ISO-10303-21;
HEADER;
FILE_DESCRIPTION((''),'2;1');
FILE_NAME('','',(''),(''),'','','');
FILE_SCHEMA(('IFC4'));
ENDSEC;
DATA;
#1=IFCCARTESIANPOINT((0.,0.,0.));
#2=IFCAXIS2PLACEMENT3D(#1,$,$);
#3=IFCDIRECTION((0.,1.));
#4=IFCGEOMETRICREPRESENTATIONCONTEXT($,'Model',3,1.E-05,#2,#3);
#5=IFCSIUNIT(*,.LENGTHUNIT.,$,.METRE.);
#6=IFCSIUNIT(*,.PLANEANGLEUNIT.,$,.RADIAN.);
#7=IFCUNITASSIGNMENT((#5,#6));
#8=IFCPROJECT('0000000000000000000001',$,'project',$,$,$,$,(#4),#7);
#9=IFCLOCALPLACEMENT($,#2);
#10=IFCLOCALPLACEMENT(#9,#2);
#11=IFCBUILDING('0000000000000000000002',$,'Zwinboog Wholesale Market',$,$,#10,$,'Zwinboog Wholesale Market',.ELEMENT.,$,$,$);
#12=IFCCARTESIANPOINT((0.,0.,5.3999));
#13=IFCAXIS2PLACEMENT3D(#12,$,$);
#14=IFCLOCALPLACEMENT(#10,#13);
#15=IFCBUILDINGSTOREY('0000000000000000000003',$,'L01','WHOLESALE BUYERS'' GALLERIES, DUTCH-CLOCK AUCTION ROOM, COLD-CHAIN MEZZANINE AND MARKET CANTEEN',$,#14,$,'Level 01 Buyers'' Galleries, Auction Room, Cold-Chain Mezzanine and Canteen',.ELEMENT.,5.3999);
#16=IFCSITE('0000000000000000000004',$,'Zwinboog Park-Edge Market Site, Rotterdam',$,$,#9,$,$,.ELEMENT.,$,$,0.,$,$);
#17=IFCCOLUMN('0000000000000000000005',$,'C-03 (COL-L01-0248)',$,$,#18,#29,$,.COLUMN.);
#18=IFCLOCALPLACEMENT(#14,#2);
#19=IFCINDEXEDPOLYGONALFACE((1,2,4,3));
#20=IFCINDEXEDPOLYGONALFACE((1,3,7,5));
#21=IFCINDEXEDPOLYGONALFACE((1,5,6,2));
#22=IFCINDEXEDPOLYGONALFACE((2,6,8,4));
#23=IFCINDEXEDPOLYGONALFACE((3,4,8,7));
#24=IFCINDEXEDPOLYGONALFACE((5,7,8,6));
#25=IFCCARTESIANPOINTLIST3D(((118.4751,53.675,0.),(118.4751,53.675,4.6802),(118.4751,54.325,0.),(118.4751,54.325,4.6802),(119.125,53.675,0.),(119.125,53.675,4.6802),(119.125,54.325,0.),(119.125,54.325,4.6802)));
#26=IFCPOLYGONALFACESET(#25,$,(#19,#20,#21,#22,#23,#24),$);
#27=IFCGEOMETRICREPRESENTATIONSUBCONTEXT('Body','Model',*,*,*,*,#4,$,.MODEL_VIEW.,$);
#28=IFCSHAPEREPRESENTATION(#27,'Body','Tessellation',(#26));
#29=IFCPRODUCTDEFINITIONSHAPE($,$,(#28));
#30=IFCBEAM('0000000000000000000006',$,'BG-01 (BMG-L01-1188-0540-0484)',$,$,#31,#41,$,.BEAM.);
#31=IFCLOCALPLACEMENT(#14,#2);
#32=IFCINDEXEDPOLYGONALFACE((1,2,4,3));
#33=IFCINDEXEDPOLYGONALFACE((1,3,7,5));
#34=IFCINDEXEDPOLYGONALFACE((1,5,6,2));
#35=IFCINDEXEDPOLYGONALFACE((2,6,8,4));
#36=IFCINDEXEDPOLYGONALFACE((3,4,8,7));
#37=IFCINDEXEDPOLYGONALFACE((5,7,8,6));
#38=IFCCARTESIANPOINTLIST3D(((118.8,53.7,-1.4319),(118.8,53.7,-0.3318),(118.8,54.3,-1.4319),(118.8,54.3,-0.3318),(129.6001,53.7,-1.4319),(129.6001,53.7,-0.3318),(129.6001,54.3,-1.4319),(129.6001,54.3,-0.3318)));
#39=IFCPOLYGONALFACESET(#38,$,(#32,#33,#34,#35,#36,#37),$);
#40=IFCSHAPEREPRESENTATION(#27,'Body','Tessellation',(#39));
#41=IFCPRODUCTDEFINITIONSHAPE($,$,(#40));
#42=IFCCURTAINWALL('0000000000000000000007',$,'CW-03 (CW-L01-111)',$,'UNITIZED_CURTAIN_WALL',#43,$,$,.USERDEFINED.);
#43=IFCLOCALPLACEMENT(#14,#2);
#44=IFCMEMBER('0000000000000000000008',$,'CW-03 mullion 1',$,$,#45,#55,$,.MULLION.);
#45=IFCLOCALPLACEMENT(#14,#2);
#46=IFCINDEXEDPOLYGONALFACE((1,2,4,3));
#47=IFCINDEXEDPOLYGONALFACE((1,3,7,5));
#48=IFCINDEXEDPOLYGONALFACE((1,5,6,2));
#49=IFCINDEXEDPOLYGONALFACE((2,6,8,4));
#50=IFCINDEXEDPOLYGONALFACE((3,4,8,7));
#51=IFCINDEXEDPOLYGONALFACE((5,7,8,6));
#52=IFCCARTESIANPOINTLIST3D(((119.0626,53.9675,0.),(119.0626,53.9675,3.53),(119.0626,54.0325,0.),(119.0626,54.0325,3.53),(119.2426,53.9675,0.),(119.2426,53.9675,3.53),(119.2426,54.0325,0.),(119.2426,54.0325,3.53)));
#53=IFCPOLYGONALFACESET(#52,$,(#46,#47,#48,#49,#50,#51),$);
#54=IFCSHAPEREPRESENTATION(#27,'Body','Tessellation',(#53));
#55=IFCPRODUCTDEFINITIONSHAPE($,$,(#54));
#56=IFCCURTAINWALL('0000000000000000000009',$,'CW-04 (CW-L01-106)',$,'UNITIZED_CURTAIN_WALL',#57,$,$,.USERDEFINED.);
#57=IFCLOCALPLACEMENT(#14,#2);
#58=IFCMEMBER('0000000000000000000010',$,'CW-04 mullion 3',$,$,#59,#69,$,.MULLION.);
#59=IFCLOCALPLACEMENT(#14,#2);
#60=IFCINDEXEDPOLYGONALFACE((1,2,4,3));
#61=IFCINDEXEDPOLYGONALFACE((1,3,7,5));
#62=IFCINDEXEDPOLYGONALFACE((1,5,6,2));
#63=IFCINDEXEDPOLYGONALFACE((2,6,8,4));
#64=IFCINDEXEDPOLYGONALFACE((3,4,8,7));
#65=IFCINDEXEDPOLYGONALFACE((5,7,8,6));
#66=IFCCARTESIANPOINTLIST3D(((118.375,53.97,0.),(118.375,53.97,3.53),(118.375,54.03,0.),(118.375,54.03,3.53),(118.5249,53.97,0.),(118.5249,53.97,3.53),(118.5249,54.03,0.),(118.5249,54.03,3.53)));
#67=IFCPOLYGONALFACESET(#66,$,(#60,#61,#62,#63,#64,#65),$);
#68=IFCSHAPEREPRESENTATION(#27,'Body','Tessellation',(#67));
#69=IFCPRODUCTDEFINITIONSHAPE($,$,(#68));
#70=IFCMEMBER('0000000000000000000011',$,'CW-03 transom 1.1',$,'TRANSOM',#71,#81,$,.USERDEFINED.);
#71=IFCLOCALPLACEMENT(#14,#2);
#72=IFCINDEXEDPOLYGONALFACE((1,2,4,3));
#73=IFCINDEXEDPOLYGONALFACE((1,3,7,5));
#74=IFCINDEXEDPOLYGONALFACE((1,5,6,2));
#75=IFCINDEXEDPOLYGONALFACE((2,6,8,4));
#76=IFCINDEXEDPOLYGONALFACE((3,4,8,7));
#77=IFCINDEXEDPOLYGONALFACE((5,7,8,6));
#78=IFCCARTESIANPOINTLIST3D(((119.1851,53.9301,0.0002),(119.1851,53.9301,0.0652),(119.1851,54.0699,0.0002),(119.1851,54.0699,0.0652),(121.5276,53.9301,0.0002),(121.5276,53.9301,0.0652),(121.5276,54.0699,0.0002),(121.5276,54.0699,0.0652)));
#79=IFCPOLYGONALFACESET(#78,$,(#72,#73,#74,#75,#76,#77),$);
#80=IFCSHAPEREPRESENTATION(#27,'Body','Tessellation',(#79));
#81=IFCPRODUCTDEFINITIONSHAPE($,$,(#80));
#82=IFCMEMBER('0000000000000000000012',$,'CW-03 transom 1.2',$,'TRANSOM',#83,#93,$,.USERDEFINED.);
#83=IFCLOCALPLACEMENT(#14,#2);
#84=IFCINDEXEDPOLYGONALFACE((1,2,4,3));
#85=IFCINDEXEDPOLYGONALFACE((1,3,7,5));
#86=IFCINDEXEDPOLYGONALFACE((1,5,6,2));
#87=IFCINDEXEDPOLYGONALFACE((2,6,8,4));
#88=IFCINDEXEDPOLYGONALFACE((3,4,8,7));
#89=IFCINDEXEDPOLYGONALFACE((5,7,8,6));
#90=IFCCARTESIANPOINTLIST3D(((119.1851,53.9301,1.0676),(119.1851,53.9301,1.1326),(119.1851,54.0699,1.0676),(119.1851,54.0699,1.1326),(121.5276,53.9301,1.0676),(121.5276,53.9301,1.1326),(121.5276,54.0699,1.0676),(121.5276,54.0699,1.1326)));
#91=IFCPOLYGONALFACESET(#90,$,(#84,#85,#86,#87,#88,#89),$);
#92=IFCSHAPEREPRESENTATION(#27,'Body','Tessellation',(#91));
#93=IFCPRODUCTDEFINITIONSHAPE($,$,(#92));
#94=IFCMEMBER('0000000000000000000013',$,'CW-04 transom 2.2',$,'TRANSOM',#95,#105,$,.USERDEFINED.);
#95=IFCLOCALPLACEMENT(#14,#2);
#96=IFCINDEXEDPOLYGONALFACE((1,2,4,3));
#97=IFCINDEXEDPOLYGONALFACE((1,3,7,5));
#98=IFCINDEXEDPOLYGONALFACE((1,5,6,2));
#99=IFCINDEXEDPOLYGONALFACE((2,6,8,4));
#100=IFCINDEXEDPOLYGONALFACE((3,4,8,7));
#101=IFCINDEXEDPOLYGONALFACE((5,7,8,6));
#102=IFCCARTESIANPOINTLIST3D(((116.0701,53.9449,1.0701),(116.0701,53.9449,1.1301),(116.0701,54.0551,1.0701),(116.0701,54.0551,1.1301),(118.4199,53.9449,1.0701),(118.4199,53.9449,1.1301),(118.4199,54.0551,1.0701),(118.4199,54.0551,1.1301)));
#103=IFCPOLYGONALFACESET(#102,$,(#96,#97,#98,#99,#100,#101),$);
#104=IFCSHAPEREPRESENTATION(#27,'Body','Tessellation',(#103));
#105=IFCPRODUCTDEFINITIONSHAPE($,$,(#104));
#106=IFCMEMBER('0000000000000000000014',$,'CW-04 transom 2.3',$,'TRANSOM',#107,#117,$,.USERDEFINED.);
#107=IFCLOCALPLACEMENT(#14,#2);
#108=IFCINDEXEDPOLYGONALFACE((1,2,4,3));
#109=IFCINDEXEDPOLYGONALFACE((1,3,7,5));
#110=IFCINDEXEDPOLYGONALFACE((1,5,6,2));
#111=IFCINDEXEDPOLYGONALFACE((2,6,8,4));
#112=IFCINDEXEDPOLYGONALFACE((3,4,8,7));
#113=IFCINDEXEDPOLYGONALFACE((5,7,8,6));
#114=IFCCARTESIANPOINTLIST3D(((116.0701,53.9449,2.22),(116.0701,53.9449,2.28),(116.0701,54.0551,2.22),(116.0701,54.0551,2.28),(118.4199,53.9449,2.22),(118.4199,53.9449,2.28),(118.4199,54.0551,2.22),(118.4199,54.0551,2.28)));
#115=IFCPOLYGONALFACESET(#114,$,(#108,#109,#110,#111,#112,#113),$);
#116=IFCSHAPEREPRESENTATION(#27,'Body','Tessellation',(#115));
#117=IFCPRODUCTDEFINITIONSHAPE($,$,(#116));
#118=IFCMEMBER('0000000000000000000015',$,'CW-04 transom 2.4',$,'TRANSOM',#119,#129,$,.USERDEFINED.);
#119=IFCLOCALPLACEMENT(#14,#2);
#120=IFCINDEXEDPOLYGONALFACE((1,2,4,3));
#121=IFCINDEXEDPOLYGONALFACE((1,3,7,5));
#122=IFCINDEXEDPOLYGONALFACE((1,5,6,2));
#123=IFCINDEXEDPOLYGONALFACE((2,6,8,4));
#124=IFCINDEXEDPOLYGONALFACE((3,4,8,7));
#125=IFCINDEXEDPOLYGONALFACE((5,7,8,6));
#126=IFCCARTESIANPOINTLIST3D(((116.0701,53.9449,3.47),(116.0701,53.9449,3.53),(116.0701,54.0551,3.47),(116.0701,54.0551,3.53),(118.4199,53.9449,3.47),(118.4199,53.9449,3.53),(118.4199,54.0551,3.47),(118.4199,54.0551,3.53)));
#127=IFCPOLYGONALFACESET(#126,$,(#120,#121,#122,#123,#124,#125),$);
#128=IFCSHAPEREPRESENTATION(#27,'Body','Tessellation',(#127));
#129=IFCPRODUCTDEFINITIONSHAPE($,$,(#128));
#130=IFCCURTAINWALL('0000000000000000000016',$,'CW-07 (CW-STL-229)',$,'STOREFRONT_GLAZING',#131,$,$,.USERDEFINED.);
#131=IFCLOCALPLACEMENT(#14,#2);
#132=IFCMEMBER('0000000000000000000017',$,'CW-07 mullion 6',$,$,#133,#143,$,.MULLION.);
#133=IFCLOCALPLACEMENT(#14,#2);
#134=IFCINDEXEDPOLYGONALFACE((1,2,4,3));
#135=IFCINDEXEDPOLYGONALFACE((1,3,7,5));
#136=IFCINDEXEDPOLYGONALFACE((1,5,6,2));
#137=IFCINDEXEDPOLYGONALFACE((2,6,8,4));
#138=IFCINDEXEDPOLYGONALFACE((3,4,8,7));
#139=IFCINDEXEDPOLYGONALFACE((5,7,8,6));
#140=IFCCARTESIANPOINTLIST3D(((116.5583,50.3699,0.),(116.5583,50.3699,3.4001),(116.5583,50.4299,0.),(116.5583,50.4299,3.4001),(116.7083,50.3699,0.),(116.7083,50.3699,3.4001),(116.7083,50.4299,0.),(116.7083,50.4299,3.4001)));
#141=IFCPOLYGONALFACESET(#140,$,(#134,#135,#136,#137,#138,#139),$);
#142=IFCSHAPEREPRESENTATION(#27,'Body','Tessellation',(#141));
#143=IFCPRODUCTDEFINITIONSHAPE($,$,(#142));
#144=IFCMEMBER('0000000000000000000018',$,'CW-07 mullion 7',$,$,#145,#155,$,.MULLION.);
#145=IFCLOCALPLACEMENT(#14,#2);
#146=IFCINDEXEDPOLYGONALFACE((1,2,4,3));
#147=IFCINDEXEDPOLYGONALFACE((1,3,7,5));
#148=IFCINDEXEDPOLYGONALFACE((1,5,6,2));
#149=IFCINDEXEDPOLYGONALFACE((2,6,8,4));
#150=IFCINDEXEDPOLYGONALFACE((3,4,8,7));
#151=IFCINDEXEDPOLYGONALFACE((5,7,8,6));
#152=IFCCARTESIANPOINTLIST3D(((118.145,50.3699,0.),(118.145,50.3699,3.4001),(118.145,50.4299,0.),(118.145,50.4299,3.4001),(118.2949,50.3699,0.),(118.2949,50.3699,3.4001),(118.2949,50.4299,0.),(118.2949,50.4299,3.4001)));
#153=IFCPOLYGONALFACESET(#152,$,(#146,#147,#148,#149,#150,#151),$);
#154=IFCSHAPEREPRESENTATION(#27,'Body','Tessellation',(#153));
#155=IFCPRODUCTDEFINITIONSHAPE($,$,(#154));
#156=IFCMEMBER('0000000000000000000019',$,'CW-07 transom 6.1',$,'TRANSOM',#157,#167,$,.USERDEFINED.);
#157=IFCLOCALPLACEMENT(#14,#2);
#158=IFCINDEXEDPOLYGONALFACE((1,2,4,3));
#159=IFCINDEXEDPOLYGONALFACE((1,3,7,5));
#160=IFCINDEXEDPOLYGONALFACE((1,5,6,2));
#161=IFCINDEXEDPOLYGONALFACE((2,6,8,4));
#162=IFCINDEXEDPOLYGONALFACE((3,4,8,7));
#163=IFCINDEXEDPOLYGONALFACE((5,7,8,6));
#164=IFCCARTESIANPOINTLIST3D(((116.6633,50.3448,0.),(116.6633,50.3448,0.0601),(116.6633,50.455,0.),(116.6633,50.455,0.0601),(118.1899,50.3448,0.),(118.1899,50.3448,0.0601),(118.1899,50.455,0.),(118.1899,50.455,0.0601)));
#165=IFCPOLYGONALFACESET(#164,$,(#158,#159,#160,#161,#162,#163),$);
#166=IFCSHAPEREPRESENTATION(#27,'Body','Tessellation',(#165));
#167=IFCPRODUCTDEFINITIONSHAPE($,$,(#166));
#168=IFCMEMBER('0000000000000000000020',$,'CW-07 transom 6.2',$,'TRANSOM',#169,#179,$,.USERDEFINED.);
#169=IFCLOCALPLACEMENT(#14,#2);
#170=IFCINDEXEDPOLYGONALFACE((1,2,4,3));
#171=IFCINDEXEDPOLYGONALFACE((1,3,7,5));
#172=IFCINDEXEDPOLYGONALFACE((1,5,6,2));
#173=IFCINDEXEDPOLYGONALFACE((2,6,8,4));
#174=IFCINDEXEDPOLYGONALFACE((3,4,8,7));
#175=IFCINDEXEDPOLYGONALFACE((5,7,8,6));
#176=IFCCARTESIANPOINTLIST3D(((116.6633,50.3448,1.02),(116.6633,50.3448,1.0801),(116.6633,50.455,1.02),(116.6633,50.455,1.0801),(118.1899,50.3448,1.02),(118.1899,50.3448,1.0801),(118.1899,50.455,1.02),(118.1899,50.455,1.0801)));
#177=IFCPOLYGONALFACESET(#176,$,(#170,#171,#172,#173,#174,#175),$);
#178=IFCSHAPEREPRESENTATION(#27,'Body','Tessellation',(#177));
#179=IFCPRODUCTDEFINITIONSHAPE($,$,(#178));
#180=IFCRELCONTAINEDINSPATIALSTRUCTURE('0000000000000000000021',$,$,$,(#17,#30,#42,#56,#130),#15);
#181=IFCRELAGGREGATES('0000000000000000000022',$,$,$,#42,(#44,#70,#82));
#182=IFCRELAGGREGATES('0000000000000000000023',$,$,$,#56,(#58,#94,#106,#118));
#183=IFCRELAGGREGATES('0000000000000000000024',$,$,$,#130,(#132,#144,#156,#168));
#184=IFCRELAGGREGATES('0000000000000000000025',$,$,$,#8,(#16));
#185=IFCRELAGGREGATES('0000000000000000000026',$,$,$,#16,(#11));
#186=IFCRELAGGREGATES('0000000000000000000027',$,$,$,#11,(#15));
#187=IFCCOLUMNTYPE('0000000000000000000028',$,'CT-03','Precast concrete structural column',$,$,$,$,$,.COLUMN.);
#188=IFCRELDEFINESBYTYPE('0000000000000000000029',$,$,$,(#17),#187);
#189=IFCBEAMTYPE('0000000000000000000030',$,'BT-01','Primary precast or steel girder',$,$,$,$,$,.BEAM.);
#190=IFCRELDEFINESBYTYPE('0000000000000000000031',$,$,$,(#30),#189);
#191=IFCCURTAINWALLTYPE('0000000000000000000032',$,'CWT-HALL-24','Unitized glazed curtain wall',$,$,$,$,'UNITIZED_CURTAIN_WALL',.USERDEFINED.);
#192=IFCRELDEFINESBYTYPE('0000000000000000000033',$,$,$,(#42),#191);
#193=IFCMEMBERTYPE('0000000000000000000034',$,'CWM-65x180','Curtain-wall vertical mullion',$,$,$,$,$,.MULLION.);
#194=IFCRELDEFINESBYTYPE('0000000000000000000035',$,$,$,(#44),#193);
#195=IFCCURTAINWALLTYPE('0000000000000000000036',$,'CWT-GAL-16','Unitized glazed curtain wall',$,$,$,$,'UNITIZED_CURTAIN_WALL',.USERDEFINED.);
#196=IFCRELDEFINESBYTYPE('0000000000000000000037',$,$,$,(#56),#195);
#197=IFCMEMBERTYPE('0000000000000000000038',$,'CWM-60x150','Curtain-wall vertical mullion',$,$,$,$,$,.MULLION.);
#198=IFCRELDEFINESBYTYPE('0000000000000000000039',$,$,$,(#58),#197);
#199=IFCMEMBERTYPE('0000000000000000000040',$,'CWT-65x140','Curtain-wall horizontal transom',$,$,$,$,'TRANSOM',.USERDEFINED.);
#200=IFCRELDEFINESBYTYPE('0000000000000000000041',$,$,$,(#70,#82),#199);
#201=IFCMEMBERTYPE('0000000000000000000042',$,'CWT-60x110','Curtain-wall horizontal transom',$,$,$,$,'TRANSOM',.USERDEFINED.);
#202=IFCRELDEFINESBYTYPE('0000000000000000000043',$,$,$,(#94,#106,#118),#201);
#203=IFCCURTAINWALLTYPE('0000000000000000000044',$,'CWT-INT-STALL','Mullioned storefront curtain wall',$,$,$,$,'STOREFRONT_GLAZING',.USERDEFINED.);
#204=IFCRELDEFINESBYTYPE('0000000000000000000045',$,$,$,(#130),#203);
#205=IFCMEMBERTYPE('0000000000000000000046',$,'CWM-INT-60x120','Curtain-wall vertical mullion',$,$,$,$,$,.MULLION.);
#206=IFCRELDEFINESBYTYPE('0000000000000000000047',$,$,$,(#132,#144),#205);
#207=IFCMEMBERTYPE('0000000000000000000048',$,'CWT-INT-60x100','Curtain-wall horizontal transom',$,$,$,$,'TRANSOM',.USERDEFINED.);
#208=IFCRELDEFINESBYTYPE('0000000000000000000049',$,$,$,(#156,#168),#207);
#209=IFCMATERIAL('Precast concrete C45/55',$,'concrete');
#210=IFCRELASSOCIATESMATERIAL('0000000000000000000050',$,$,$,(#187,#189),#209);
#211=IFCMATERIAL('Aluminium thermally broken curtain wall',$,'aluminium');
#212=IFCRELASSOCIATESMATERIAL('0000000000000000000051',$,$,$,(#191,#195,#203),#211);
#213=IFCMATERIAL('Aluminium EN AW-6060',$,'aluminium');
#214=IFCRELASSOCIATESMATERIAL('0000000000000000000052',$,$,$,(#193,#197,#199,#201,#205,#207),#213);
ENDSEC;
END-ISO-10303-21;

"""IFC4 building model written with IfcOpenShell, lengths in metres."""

from ifc_helpers import new_model, si_unit, direction, frame, origin, origin_2d, place, context, subcontext, project, spatial, rectangle, extrude, material, material_profile, profile_set, type_object, element, aggregate, save


model = new_model("IFC4")

# Units and contexts
model_context = context("Model", 3, precision=1e-05, world=origin(), true_north=direction((0.0, 1.0)))
body_context = subcontext(model_context, "Body", "Model", "MODEL_VIEW")
ifc_project = project(units=[si_unit("LENGTHUNIT", "METRE"), si_unit("PLANEANGLEUNIT", "RADIAN")], contexts=[model_context])

# Site, building, storey
site_placement = place(None, origin())
site = spatial("IfcSite", under=ifc_project, at=site_placement, Name="Zwinboog Park-Edge Market Site, Rotterdam", CompositionType="ELEMENT", RefElevation=0.0)
building_placement = place(site_placement, origin())
building = spatial("IfcBuilding", under=site, at=building_placement, Name="Zwinboog Wholesale Market", LongName="Zwinboog Wholesale Market", CompositionType="ELEMENT")
storey_placement = place(building_placement, frame((0.0, 0.0, 5.3999)))
storey = spatial("IfcBuildingStorey", under=building, at=storey_placement, Name="L01", Description="WHOLESALE BUYERS' GALLERIES, DUTCH-CLOCK AUCTION ROOM, COLD-CHAIN MEZZANINE AND MARKET CANTEEN", LongName="Level 01 Buyers' Galleries, Auction Room, Cold-Chain Mezzanine and Canteen", CompositionType="ELEMENT", Elevation=5.3999)

# Column
ifc_material_1 = material(Name="Precast concrete C45/55", Category="concrete")
ifc_material_profile_1 = material_profile(ifc_material_1, rectangle(XDim=0.6499, YDim=0.6499, at=origin_2d()), Name="PC 650x650")
ifc_profile_set_1 = profile_set([ifc_material_profile_1], Name="Precast concrete C45/55")
column_type = type_object("IfcColumnType", Name="CT-03", Description="Precast concrete structural column", PredefinedType="COLUMN", material=ifc_profile_set_1)
column_placement = place(storey_placement, frame((118.8, 54.0, 0.0), z_axis=(0.0, 0.0, 1.0), x_axis=(1.0, 0.0, 0.0)))
element("IfcColumn", 1, at=column_placement, inside=storey, type_object=column_type, Name="C-03 (COL-L01-0248)", PredefinedType="COLUMN", context=body_context, shape_type="SweptSolid", body=[
    extrude(rectangle(XDim=0.6499, YDim=0.6499, at=origin_2d()), origin(), (0.0, 0.0, 1.0), 4.6802),
])

# Beam
ifc_material_profile_2 = material_profile(ifc_material_1, rectangle(XDim=0.6001, YDim=1.1001, at=origin_2d()), Name="PC 600x1100")
ifc_profile_set_2 = profile_set([ifc_material_profile_2], Name="Precast concrete C45/55")
beam_type = type_object("IfcBeamType", Name="BT-01", Description="Primary precast or steel girder", PredefinedType="BEAM", material=ifc_profile_set_2)
beam_placement = place(storey_placement, frame((118.8, 54.0, -0.8818), z_axis=(1.0, 0.0, 0.0), x_axis=(0.0, 1.0, 0.0)))
element("IfcBeam", 2, at=beam_placement, inside=storey, type_object=beam_type, Name="BG-01 (BMG-L01-1188-0540-0484)", PredefinedType="BEAM", context=body_context, shape_type="SweptSolid", body=[
    extrude(rectangle(XDim=0.6001, YDim=1.1001, at=origin_2d()), origin(), (0.0, 0.0, 1.0), 10.8),
])

# Curtain walls, members
ifc_material_2 = material(Name="Aluminium thermally broken curtain wall", Category="aluminium")
curtain_wall_type_1 = type_object("IfcCurtainWallType", Name="CWT-HALL-24", Description="Unitized glazed curtain wall", ElementType="UNITIZED_CURTAIN_WALL", PredefinedType="USERDEFINED", material=ifc_material_2)
curtain_wall_1_placement = place(storey_placement, origin())
curtain_wall_1 = element("IfcCurtainWall", 3, at=curtain_wall_1_placement, inside=storey, type_object=curtain_wall_type_1, Name="CW-03 (CW-L01-111)", ObjectType="UNITIZED_CURTAIN_WALL", PredefinedType="USERDEFINED")
ifc_material_3 = material(Name="Aluminium EN AW-6060", Category="aluminium")
ifc_material_profile_3 = material_profile(ifc_material_3, rectangle(XDim=0.0649, YDim=0.1799, at=origin_2d()), Name="AL 65x180")
ifc_profile_set_3 = profile_set([ifc_material_profile_3], Name="Aluminium EN AW-6060")
member_type_1 = type_object("IfcMemberType", Name="CWM-65x180", Description="Curtain-wall vertical mullion", PredefinedType="MULLION", material=ifc_profile_set_3)
member_1_placement = place(storey_placement, frame((119.1526, 54.0, 0.0), z_axis=(0.0, 0.0, 1.0), x_axis=(0.0, 1.0, 0.0)))
member_1 = element("IfcMember", 4, at=member_1_placement, type_object=member_type_1, Name="CW-03 mullion 1", PredefinedType="MULLION", context=body_context, shape_type="SweptSolid", body=[
    extrude(rectangle(XDim=0.0649, YDim=0.1799, at=origin_2d()), origin(), (0.0, 0.0, 1.0), 3.53),
])
curtain_wall_type_2 = type_object("IfcCurtainWallType", Name="CWT-GAL-16", Description="Unitized glazed curtain wall", ElementType="UNITIZED_CURTAIN_WALL", PredefinedType="USERDEFINED", material=ifc_material_2)
curtain_wall_2_placement = place(storey_placement, origin())
curtain_wall_2 = element("IfcCurtainWall", 5, at=curtain_wall_2_placement, inside=storey, type_object=curtain_wall_type_2, Name="CW-04 (CW-L01-106)", ObjectType="UNITIZED_CURTAIN_WALL", PredefinedType="USERDEFINED")
ifc_material_profile_4 = material_profile(ifc_material_3, rectangle(XDim=0.0601, YDim=0.1499, at=origin_2d()), Name="AL 60x150")
ifc_profile_set_4 = profile_set([ifc_material_profile_4], Name="Aluminium EN AW-6060")
member_type_2 = type_object("IfcMemberType", Name="CWM-60x150", Description="Curtain-wall vertical mullion", PredefinedType="MULLION", material=ifc_profile_set_4)
member_2_placement = place(storey_placement, frame((118.45, 54.0, 0.0), z_axis=(0.0, 0.0, 1.0), x_axis=(0.0, 1.0, 0.0)))
member_2 = element("IfcMember", 6, at=member_2_placement, type_object=member_type_2, Name="CW-04 mullion 3", PredefinedType="MULLION", context=body_context, shape_type="SweptSolid", body=[
    extrude(rectangle(XDim=0.0601, YDim=0.1499, at=origin_2d()), origin(), (0.0, 0.0, 1.0), 3.53),
])

# Members
ifc_material_profile_5 = material_profile(ifc_material_3, rectangle(XDim=0.1399, YDim=0.0649, at=origin_2d()), Name="AL 65x140")
ifc_profile_set_5 = profile_set([ifc_material_profile_5], Name="Aluminium EN AW-6060")
member_type_3 = type_object("IfcMemberType", Name="CWT-65x140", Description="Curtain-wall horizontal transom", ElementType="TRANSOM", PredefinedType="USERDEFINED", material=ifc_profile_set_5)
member_3_placement = place(storey_placement, frame((119.1851, 54.0, 0.0327), z_axis=(1.0, 0.0, 0.0), x_axis=(0.0, 1.0, 0.0)))
member_3 = element("IfcMember", 7, at=member_3_placement, type_object=member_type_3, Name="CW-03 transom 1.1", ObjectType="TRANSOM", PredefinedType="USERDEFINED", context=body_context, shape_type="SweptSolid", body=[
    extrude(rectangle(XDim=0.1399, YDim=0.0649, at=origin_2d()), origin(), (0.0, 0.0, 1.0), 2.3425),
])
member_4_placement = place(storey_placement, frame((119.1851, 54.0, 1.1001), z_axis=(1.0, 0.0, 0.0), x_axis=(0.0, 1.0, 0.0)))
member_4 = element("IfcMember", 8, at=member_4_placement, type_object=member_type_3, Name="CW-03 transom 1.2", ObjectType="TRANSOM", PredefinedType="USERDEFINED", context=body_context, shape_type="SweptSolid", body=[
    extrude(rectangle(XDim=0.1399, YDim=0.0649, at=origin_2d()), origin(), (0.0, 0.0, 1.0), 2.3425),
])
aggregate(curtain_wall_1, [member_1, member_3, member_4])
ifc_material_profile_6 = material_profile(ifc_material_3, rectangle(XDim=0.1101, YDim=0.0601, at=origin_2d()), Name="AL 60x110")
ifc_profile_set_6 = profile_set([ifc_material_profile_6], Name="Aluminium EN AW-6060")
member_type_4 = type_object("IfcMemberType", Name="CWT-60x110", Description="Curtain-wall horizontal transom", ElementType="TRANSOM", PredefinedType="USERDEFINED", material=ifc_profile_set_6)
member_5_placement = place(storey_placement, frame((116.0701, 54.0, 1.1001), z_axis=(1.0, 0.0, 0.0), x_axis=(0.0, 1.0, 0.0)))
member_5 = element("IfcMember", 9, at=member_5_placement, type_object=member_type_4, Name="CW-04 transom 2.2", ObjectType="TRANSOM", PredefinedType="USERDEFINED", context=body_context, shape_type="SweptSolid", body=[
    extrude(rectangle(XDim=0.1101, YDim=0.0601, at=origin_2d()), origin(), (0.0, 0.0, 1.0), 2.3499),
])
member_6_placement = place(storey_placement, frame((116.0701, 54.0, 2.25), z_axis=(1.0, 0.0, 0.0), x_axis=(0.0, 1.0, 0.0)))
member_6 = element("IfcMember", 10, at=member_6_placement, type_object=member_type_4, Name="CW-04 transom 2.3", ObjectType="TRANSOM", PredefinedType="USERDEFINED", context=body_context, shape_type="SweptSolid", body=[
    extrude(rectangle(XDim=0.1101, YDim=0.0601, at=origin_2d()), origin(), (0.0, 0.0, 1.0), 2.3499),
])
member_7_placement = place(storey_placement, frame((116.0701, 54.0, 3.5), z_axis=(1.0, 0.0, 0.0), x_axis=(0.0, 1.0, 0.0)))
member_7 = element("IfcMember", 11, at=member_7_placement, type_object=member_type_4, Name="CW-04 transom 2.4", ObjectType="TRANSOM", PredefinedType="USERDEFINED", context=body_context, shape_type="SweptSolid", body=[
    extrude(rectangle(XDim=0.1101, YDim=0.0601, at=origin_2d()), origin(), (0.0, 0.0, 1.0), 2.3499),
])

# Curtain wall, members
curtain_wall_type_3 = type_object("IfcCurtainWallType", Name="CWT-INT-STALL", Description="Mullioned storefront curtain wall", ElementType="STOREFRONT_GLAZING", PredefinedType="USERDEFINED", material=ifc_material_2)
curtain_wall_3_placement = place(storey_placement, origin())
curtain_wall_3 = element("IfcCurtainWall", 12, at=curtain_wall_3_placement, inside=storey, type_object=curtain_wall_type_3, Name="CW-07 (CW-STL-229)", ObjectType="STOREFRONT_GLAZING", PredefinedType="USERDEFINED")
ifc_material_profile_7 = material_profile(ifc_material_3, rectangle(XDim=0.0601, YDim=0.1499, at=origin_2d()), Name="AL 60x150")
ifc_profile_set_7 = profile_set([ifc_material_profile_7], Name="Aluminium EN AW-6060")
member_type_5 = type_object("IfcMemberType", Name="CWM-INT-60x120", Description="Curtain-wall vertical mullion", PredefinedType="MULLION", material=ifc_profile_set_7)
member_8_placement = place(storey_placement, frame((116.6333, 50.3999, 0.0), z_axis=(0.0, 0.0, 1.0), x_axis=(0.0, 1.0, 0.0)))
member_8 = element("IfcMember", 13, at=member_8_placement, type_object=member_type_5, Name="CW-07 mullion 6", PredefinedType="MULLION", context=body_context, shape_type="SweptSolid", body=[
    extrude(rectangle(XDim=0.0601, YDim=0.1499, at=origin_2d()), origin(), (0.0, 0.0, 1.0), 3.4001),
])
member_9_placement = place(storey_placement, frame((118.22, 50.3999, 0.0), z_axis=(0.0, 0.0, 1.0), x_axis=(0.0, 1.0, 0.0)))
member_9 = element("IfcMember", 14, at=member_9_placement, type_object=member_type_5, Name="CW-07 mullion 7", PredefinedType="MULLION", context=body_context, shape_type="SweptSolid", body=[
    extrude(rectangle(XDim=0.0601, YDim=0.1499, at=origin_2d()), origin(), (0.0, 0.0, 1.0), 3.4001),
])
ifc_material_profile_8 = material_profile(ifc_material_3, rectangle(XDim=0.1101, YDim=0.0601, at=origin_2d()), Name="AL 60x110")
ifc_profile_set_8 = profile_set([ifc_material_profile_8], Name="Aluminium EN AW-6060")
member_type_6 = type_object("IfcMemberType", Name="CWT-INT-60x100", Description="Curtain-wall horizontal transom", ElementType="TRANSOM", PredefinedType="USERDEFINED", material=ifc_profile_set_8)
member_10_placement = place(storey_placement, frame((116.6633, 50.3999, 0.03), z_axis=(1.0, 0.0, 0.0), x_axis=(0.0, 1.0, 0.0)))
member_10 = element("IfcMember", 15, at=member_10_placement, type_object=member_type_6, Name="CW-07 transom 6.1", ObjectType="TRANSOM", PredefinedType="USERDEFINED", context=body_context, shape_type="SweptSolid", body=[
    extrude(rectangle(XDim=0.1101, YDim=0.0601, at=origin_2d()), origin(), (0.0, 0.0, 1.0), 1.5266),
])
member_11_placement = place(storey_placement, frame((116.6633, 50.3999, 1.05), z_axis=(1.0, 0.0, 0.0), x_axis=(0.0, 1.0, 0.0)))
member_11 = element("IfcMember", 16, at=member_11_placement, type_object=member_type_6, Name="CW-07 transom 6.2", ObjectType="TRANSOM", PredefinedType="USERDEFINED", context=body_context, shape_type="SweptSolid", body=[
    extrude(rectangle(XDim=0.1101, YDim=0.0601, at=origin_2d()), origin(), (0.0, 0.0, 1.0), 1.5266),
])

aggregate(curtain_wall_2, [member_2, member_5, member_6, member_7])
aggregate(curtain_wall_3, [member_8, member_9, member_10, member_11])

save(model, "model.ifc")
